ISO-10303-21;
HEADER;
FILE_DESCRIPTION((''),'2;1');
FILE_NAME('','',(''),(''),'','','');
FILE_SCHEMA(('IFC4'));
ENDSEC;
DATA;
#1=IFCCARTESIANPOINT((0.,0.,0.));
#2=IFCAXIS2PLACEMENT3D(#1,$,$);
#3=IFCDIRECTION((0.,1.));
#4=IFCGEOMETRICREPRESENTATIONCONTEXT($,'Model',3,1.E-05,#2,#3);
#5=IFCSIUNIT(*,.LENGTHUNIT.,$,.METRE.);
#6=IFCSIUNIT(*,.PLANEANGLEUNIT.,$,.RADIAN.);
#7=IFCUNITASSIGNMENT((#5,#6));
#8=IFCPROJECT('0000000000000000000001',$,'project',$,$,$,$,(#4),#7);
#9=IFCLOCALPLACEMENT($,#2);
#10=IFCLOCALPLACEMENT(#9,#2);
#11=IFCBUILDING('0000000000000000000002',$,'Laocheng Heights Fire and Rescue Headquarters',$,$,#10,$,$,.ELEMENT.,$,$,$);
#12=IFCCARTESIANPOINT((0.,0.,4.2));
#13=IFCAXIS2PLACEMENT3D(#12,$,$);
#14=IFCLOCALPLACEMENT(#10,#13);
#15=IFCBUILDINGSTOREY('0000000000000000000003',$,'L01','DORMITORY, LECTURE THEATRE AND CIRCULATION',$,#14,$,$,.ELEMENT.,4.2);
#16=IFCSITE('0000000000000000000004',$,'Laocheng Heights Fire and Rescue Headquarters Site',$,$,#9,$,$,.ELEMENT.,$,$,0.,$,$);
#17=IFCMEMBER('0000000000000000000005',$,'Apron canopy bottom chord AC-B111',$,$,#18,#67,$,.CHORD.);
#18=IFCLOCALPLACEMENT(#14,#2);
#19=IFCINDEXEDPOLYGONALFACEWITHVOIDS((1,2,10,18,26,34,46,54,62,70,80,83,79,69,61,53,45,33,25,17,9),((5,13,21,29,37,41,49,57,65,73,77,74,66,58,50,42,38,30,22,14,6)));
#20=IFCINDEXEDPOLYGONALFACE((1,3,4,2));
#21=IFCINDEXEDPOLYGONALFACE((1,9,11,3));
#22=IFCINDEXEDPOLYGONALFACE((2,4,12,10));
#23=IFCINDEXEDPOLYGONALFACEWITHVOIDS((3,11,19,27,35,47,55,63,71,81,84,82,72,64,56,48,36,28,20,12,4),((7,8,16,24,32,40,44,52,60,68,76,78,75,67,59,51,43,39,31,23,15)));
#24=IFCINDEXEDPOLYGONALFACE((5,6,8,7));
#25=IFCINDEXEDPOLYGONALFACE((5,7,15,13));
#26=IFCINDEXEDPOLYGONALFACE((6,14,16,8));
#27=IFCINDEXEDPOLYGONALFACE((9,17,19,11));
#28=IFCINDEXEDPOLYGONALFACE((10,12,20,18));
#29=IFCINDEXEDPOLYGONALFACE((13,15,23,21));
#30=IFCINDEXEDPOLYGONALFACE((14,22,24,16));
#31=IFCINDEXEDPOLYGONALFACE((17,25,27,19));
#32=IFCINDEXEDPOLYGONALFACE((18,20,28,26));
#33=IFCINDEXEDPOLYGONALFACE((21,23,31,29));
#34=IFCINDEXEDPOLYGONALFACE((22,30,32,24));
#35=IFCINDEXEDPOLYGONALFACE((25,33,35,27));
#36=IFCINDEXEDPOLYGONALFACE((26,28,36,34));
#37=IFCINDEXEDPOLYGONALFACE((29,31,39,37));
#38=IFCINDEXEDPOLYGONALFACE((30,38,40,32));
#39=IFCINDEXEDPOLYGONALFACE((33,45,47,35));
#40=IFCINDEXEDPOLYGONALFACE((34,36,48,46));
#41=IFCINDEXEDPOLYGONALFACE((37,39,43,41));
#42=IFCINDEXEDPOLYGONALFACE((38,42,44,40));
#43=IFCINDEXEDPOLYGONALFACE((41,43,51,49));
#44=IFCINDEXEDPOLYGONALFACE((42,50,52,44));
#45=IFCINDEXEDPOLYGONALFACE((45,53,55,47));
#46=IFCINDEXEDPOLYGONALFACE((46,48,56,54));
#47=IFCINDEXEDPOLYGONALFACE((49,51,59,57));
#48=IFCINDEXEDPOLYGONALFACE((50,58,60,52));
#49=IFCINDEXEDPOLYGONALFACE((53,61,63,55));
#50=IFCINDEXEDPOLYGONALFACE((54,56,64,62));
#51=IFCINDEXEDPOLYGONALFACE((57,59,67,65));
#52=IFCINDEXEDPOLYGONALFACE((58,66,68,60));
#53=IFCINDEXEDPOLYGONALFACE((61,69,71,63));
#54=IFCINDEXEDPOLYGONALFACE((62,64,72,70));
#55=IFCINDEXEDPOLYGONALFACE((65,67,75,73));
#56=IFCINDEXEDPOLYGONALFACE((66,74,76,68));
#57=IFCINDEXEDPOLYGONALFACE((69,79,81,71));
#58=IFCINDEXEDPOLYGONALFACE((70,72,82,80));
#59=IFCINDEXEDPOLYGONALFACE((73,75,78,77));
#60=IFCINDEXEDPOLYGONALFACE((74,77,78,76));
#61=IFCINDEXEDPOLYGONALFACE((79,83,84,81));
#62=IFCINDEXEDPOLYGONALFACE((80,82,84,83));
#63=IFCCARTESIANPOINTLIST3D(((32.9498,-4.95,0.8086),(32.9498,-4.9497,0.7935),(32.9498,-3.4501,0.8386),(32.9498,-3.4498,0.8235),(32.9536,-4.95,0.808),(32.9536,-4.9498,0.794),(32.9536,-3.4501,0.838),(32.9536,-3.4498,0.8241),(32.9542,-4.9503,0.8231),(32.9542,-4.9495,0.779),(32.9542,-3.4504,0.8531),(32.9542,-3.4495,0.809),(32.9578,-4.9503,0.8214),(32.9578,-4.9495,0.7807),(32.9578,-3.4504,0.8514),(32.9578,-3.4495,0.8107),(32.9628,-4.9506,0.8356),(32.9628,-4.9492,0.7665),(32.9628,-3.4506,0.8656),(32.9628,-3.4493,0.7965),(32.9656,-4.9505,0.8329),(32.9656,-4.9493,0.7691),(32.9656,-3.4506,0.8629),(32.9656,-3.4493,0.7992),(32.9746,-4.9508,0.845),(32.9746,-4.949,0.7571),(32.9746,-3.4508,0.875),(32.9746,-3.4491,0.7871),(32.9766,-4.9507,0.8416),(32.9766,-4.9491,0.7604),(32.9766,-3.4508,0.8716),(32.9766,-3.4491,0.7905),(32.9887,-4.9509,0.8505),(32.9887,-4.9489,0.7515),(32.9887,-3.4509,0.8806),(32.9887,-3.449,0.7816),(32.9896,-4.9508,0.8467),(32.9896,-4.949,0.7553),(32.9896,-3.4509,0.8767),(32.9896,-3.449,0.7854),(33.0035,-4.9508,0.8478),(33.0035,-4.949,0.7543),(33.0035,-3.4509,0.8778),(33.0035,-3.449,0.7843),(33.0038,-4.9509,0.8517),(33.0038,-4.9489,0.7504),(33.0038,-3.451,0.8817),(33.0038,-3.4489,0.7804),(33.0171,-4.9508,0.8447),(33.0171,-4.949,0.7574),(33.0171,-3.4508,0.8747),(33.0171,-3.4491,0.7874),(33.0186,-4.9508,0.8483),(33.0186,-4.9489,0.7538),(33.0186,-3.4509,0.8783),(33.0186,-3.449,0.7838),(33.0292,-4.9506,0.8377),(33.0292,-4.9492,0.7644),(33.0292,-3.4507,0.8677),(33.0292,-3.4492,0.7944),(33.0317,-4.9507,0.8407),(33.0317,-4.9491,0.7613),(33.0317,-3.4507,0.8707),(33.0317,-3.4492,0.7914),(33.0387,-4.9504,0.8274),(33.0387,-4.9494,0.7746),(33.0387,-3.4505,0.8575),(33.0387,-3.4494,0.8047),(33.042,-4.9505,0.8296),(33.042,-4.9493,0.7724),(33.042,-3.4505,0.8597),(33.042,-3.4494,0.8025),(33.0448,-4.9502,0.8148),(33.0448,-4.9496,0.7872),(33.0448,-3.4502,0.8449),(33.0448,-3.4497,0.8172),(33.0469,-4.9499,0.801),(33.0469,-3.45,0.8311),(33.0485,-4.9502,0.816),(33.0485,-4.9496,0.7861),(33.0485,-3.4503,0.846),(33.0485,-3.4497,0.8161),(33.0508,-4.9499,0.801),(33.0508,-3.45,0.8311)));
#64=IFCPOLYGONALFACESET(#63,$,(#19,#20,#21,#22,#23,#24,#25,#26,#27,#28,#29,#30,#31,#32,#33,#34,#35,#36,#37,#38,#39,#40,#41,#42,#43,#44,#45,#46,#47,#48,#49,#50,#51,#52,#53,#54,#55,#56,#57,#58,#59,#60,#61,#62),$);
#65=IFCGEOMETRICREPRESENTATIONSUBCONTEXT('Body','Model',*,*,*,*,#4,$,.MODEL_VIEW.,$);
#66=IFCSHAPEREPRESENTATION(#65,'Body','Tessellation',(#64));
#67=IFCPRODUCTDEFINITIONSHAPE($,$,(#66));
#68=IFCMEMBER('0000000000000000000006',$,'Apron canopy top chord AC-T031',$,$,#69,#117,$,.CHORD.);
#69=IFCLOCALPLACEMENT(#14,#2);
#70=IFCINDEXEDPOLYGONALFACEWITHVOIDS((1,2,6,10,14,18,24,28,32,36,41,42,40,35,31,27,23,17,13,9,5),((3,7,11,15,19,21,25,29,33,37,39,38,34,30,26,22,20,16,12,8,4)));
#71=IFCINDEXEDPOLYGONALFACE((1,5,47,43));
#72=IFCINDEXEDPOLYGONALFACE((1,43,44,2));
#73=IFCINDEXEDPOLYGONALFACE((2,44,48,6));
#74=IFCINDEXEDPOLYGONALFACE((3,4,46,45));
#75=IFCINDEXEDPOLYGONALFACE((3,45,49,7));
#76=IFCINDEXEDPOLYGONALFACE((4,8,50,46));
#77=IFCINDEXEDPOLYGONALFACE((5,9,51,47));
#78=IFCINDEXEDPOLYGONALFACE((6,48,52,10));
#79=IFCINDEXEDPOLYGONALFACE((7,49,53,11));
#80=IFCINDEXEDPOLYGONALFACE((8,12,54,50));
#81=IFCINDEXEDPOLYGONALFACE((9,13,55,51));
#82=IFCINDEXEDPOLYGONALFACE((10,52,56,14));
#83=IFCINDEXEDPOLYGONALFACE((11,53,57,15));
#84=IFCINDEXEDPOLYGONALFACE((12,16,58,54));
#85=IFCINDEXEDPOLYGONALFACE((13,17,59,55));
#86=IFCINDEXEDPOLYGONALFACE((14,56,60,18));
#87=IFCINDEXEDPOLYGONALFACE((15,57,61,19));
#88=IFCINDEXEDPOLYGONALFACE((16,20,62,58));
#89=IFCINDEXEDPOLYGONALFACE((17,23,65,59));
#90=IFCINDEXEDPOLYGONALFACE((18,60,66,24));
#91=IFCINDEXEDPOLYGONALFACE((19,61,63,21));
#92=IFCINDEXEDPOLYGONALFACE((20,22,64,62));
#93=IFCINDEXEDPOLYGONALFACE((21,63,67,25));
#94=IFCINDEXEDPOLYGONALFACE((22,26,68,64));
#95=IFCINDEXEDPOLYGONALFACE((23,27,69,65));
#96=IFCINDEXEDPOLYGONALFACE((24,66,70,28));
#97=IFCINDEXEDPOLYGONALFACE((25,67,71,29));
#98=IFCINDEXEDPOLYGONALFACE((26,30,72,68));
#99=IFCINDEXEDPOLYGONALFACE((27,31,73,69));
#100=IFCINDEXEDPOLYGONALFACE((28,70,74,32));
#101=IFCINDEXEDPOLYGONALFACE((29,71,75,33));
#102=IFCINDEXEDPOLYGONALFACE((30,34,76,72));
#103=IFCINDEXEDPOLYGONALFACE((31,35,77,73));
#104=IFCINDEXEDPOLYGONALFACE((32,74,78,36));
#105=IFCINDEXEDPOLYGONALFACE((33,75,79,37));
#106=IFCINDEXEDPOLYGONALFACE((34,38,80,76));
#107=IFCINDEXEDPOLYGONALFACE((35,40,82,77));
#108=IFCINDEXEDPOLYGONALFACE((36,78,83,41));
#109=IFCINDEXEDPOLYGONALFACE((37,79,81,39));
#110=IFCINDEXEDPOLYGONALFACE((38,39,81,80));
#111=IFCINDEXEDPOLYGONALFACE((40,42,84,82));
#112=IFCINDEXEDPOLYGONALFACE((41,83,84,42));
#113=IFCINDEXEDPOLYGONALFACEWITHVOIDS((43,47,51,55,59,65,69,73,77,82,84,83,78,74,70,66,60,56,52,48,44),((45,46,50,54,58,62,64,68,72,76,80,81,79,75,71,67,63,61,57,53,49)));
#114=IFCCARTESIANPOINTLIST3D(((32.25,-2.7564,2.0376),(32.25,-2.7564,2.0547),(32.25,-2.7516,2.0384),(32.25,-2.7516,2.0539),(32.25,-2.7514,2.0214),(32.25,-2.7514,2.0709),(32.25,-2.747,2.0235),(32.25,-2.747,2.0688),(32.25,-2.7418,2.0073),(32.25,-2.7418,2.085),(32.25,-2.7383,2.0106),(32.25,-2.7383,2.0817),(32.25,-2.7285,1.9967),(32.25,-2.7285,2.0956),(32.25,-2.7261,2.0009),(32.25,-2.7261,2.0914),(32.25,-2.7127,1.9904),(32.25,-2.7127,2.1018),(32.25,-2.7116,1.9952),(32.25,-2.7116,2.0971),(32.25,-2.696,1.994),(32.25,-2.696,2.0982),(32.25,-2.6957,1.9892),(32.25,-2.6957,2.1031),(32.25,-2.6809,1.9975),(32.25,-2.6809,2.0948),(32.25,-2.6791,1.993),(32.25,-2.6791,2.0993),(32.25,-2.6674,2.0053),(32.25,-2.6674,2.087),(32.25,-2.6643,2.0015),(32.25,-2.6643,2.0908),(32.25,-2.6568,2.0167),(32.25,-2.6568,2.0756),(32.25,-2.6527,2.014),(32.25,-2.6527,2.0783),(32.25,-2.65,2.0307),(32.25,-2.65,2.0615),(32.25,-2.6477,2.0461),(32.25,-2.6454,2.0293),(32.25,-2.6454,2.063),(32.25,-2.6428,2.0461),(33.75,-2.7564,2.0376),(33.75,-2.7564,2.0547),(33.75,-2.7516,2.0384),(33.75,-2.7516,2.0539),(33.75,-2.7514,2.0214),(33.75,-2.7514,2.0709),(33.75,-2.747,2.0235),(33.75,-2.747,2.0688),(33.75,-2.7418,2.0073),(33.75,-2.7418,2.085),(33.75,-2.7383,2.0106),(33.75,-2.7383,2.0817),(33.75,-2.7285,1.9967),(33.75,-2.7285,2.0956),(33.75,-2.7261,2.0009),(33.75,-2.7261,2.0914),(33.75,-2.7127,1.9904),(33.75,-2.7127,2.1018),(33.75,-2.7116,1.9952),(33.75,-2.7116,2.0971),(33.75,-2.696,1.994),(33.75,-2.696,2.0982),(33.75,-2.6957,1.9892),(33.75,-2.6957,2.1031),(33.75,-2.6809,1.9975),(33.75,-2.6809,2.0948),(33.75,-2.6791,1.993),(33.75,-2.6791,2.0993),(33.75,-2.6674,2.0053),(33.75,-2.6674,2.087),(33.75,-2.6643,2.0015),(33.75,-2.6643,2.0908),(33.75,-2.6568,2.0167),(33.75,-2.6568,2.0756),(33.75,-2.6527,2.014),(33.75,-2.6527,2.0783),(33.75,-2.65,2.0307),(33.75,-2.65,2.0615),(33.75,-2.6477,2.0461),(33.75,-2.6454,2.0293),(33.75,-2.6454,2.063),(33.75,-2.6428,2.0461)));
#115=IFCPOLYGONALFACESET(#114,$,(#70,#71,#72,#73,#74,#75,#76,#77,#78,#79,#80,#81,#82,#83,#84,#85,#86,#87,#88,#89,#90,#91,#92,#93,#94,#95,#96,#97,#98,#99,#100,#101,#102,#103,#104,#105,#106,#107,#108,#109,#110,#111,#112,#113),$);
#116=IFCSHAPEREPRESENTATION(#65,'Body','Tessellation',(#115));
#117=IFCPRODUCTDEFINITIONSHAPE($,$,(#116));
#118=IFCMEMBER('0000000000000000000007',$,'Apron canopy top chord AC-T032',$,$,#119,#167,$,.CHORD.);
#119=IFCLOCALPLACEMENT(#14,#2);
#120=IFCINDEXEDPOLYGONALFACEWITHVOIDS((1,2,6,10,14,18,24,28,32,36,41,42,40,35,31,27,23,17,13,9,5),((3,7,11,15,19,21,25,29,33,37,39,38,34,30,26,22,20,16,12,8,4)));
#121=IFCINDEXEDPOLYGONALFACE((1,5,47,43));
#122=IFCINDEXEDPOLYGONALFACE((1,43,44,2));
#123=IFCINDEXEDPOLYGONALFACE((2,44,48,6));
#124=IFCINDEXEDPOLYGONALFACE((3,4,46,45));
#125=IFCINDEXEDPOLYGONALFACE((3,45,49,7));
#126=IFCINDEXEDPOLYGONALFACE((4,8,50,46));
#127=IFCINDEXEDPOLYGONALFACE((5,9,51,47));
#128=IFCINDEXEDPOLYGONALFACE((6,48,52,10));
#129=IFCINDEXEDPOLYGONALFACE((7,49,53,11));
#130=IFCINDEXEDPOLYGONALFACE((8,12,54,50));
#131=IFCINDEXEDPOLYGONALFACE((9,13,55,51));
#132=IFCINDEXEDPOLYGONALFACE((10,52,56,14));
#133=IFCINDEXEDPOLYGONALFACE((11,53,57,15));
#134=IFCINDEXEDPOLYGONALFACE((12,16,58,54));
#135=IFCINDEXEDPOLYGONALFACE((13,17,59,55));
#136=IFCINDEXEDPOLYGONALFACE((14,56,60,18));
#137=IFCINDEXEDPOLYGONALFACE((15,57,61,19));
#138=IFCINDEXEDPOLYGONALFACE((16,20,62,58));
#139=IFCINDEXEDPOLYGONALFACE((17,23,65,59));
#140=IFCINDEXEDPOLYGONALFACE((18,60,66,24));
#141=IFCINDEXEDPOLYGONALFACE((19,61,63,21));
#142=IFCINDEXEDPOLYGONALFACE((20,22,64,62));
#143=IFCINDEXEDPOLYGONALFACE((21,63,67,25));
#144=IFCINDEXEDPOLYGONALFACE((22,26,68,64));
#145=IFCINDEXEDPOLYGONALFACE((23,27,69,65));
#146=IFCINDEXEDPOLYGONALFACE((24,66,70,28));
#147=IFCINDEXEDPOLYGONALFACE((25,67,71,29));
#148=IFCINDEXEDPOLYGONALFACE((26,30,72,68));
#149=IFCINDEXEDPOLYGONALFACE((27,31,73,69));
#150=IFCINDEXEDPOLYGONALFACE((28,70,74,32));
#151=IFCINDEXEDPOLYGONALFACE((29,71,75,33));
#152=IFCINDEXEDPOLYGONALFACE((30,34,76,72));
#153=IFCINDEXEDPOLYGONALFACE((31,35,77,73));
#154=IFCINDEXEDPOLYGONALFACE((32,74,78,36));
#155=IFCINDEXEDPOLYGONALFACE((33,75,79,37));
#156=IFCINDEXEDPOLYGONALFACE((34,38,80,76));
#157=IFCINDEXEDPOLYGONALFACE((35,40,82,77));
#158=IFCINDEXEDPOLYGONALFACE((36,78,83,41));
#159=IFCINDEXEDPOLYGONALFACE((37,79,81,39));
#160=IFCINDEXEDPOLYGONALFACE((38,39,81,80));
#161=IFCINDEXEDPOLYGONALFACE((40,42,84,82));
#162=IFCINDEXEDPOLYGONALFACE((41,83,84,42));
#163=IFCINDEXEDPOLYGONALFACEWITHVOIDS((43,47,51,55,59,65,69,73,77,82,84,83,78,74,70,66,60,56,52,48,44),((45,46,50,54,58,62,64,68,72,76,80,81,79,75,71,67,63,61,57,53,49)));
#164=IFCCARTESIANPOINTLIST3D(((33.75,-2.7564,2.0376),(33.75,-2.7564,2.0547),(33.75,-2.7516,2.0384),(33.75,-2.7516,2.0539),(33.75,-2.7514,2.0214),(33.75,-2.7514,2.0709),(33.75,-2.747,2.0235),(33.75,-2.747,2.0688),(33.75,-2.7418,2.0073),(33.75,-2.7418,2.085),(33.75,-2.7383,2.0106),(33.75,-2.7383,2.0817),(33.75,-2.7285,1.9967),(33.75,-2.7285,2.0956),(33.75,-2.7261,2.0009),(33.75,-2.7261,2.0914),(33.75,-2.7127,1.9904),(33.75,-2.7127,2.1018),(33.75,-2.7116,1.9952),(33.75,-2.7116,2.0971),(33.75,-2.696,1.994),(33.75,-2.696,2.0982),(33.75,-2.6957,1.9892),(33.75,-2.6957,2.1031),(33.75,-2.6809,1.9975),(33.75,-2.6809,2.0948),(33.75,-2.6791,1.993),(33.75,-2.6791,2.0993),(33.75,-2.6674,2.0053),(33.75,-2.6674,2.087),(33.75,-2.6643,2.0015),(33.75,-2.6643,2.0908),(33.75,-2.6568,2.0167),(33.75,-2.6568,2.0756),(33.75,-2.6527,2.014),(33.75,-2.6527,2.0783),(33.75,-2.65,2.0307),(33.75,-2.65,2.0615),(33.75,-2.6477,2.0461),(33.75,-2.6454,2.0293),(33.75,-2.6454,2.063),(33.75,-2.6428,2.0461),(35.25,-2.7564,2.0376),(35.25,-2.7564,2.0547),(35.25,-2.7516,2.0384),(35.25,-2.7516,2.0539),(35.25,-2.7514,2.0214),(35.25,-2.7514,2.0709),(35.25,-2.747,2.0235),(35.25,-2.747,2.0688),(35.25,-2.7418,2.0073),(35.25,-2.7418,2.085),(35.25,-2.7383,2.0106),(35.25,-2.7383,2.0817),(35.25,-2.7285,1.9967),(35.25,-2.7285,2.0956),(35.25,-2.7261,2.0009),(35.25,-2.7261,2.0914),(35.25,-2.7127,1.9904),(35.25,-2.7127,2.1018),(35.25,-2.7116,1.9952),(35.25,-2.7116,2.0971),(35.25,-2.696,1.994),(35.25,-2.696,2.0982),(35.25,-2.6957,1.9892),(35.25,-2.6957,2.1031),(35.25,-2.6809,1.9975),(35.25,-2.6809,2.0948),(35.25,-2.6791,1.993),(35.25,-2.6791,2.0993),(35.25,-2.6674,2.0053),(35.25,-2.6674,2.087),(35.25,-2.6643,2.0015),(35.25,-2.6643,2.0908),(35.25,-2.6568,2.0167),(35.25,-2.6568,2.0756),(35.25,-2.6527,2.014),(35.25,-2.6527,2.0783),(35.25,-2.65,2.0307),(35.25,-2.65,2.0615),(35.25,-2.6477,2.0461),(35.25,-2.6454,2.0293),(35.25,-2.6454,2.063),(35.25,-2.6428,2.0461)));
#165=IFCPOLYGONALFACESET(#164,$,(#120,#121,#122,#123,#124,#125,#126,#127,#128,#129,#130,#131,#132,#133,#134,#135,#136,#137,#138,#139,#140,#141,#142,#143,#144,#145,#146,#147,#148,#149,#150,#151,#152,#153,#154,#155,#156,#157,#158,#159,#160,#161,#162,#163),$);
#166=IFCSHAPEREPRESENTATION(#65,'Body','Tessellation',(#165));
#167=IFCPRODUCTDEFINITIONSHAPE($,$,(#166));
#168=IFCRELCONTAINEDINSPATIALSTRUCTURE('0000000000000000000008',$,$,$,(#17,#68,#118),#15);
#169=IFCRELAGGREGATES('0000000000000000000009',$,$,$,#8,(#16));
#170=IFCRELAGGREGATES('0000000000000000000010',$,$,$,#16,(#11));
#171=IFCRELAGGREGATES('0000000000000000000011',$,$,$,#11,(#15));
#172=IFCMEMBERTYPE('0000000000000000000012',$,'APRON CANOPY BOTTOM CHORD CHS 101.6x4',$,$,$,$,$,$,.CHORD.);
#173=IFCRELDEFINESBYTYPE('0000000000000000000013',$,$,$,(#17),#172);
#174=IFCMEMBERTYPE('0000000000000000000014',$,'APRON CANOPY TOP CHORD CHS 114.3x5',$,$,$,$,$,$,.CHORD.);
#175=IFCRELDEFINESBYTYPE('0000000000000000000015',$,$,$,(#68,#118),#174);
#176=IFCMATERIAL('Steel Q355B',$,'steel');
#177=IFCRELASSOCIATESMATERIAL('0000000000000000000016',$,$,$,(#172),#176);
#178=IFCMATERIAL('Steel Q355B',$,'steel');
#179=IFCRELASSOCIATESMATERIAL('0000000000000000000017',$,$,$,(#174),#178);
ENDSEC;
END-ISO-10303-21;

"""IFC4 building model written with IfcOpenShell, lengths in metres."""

from ifc_helpers import new_model, si_unit, direction, frame, origin, origin_2d, place, context, subcontext, project, spatial, hollow_circle, extrude, material, material_profile, profile_set, type_object, element, save


model = new_model("IFC4")

# Units and contexts
model_context = context("Model", 3, precision=1e-05, world=origin(), true_north=direction((0.0, 1.0)))
body_context = subcontext(model_context, "Body", "Model", "MODEL_VIEW")
ifc_project = project(units=[si_unit("LENGTHUNIT", "METRE"), si_unit("PLANEANGLEUNIT", "RADIAN")], contexts=[model_context])

# Site, building, storey
site_placement = place(None, origin())
site = spatial("IfcSite", under=ifc_project, at=site_placement, Name="Laocheng Heights Fire and Rescue Headquarters Site", CompositionType="ELEMENT", RefElevation=0.0)
building_placement = place(site_placement, origin())
building = spatial("IfcBuilding", under=site, at=building_placement, Name="Laocheng Heights Fire and Rescue Headquarters", CompositionType="ELEMENT")
storey_placement = place(building_placement, frame((0.0, 0.0, 4.2)))
storey = spatial("IfcBuildingStorey", under=building, at=storey_placement, Name="L01", Description="DORMITORY, LECTURE THEATRE AND CIRCULATION", CompositionType="ELEMENT", Elevation=4.2)

# Members
ifc_material_1 = material(Name="Steel Q355B", Category="steel")
ifc_material_profile_1 = material_profile(ifc_material_1, hollow_circle(Radius=0.0508, WallThickness=0.0039, at=origin_2d()), Name="CHS 101.6x4")
ifc_profile_set_1 = profile_set([ifc_material_profile_1], Name="Steel Q355B")
member_type_1 = type_object("IfcMemberType", Name="APRON CANOPY BOTTOM CHORD CHS 101.6x4", PredefinedType="CHORD", material=ifc_profile_set_1)
for number, where, z_axis, x_axis, name in (
    (1, (33.0, -3.45, 0.8311), (0.0, -0.9998, -0.020016), (1.0, 0.0, 0.0), "Apron canopy bottom chord AC-B111"),
):
    element("IfcMember", number, at=place(storey_placement, frame(where, z_axis=z_axis, x_axis=x_axis)), inside=storey, type_object=member_type_1, Name=name, PredefinedType="CHORD", context=body_context, shape_type="SweptSolid", body=[
        extrude(hollow_circle(Radius=0.0508, WallThickness=0.0039, at=origin_2d()), origin(), (0.0, 0.0, 1.0), 1.5002),
    ])
ifc_material_2 = material(Name="Steel Q355B", Category="steel")
ifc_material_profile_2 = material_profile(ifc_material_2, hollow_circle(Radius=0.0571, WallThickness=0.0049, at=origin_2d()), Name="CHS 114.3x5")
ifc_profile_set_2 = profile_set([ifc_material_profile_2], Name="Steel Q355B")
member_type_2 = type_object("IfcMemberType", Name="APRON CANOPY TOP CHORD CHS 114.3x5", PredefinedType="CHORD", material=ifc_profile_set_2)
for number, where, z_axis, x_axis, name in (
    (2, (32.25, -2.7, 2.0461), (1.0, 0.0, 0.0), (0.0, 1.0, 0.0), "Apron canopy top chord AC-T031"),
    (3, (33.75, -2.7, 2.0461), (1.0, 0.0, 0.0), (0.0, 1.0, 0.0), "Apron canopy top chord AC-T032"),
):
    element("IfcMember", number, at=place(storey_placement, frame(where, z_axis=z_axis, x_axis=x_axis)), inside=storey, type_object=member_type_2, Name=name, PredefinedType="CHORD", context=body_context, shape_type="SweptSolid", body=[
        extrude(hollow_circle(Radius=0.0571, WallThickness=0.0049, at=origin_2d()), origin(), (0.0, 0.0, 1.0), 1.5),
    ])

save(model, "model.ifc")
